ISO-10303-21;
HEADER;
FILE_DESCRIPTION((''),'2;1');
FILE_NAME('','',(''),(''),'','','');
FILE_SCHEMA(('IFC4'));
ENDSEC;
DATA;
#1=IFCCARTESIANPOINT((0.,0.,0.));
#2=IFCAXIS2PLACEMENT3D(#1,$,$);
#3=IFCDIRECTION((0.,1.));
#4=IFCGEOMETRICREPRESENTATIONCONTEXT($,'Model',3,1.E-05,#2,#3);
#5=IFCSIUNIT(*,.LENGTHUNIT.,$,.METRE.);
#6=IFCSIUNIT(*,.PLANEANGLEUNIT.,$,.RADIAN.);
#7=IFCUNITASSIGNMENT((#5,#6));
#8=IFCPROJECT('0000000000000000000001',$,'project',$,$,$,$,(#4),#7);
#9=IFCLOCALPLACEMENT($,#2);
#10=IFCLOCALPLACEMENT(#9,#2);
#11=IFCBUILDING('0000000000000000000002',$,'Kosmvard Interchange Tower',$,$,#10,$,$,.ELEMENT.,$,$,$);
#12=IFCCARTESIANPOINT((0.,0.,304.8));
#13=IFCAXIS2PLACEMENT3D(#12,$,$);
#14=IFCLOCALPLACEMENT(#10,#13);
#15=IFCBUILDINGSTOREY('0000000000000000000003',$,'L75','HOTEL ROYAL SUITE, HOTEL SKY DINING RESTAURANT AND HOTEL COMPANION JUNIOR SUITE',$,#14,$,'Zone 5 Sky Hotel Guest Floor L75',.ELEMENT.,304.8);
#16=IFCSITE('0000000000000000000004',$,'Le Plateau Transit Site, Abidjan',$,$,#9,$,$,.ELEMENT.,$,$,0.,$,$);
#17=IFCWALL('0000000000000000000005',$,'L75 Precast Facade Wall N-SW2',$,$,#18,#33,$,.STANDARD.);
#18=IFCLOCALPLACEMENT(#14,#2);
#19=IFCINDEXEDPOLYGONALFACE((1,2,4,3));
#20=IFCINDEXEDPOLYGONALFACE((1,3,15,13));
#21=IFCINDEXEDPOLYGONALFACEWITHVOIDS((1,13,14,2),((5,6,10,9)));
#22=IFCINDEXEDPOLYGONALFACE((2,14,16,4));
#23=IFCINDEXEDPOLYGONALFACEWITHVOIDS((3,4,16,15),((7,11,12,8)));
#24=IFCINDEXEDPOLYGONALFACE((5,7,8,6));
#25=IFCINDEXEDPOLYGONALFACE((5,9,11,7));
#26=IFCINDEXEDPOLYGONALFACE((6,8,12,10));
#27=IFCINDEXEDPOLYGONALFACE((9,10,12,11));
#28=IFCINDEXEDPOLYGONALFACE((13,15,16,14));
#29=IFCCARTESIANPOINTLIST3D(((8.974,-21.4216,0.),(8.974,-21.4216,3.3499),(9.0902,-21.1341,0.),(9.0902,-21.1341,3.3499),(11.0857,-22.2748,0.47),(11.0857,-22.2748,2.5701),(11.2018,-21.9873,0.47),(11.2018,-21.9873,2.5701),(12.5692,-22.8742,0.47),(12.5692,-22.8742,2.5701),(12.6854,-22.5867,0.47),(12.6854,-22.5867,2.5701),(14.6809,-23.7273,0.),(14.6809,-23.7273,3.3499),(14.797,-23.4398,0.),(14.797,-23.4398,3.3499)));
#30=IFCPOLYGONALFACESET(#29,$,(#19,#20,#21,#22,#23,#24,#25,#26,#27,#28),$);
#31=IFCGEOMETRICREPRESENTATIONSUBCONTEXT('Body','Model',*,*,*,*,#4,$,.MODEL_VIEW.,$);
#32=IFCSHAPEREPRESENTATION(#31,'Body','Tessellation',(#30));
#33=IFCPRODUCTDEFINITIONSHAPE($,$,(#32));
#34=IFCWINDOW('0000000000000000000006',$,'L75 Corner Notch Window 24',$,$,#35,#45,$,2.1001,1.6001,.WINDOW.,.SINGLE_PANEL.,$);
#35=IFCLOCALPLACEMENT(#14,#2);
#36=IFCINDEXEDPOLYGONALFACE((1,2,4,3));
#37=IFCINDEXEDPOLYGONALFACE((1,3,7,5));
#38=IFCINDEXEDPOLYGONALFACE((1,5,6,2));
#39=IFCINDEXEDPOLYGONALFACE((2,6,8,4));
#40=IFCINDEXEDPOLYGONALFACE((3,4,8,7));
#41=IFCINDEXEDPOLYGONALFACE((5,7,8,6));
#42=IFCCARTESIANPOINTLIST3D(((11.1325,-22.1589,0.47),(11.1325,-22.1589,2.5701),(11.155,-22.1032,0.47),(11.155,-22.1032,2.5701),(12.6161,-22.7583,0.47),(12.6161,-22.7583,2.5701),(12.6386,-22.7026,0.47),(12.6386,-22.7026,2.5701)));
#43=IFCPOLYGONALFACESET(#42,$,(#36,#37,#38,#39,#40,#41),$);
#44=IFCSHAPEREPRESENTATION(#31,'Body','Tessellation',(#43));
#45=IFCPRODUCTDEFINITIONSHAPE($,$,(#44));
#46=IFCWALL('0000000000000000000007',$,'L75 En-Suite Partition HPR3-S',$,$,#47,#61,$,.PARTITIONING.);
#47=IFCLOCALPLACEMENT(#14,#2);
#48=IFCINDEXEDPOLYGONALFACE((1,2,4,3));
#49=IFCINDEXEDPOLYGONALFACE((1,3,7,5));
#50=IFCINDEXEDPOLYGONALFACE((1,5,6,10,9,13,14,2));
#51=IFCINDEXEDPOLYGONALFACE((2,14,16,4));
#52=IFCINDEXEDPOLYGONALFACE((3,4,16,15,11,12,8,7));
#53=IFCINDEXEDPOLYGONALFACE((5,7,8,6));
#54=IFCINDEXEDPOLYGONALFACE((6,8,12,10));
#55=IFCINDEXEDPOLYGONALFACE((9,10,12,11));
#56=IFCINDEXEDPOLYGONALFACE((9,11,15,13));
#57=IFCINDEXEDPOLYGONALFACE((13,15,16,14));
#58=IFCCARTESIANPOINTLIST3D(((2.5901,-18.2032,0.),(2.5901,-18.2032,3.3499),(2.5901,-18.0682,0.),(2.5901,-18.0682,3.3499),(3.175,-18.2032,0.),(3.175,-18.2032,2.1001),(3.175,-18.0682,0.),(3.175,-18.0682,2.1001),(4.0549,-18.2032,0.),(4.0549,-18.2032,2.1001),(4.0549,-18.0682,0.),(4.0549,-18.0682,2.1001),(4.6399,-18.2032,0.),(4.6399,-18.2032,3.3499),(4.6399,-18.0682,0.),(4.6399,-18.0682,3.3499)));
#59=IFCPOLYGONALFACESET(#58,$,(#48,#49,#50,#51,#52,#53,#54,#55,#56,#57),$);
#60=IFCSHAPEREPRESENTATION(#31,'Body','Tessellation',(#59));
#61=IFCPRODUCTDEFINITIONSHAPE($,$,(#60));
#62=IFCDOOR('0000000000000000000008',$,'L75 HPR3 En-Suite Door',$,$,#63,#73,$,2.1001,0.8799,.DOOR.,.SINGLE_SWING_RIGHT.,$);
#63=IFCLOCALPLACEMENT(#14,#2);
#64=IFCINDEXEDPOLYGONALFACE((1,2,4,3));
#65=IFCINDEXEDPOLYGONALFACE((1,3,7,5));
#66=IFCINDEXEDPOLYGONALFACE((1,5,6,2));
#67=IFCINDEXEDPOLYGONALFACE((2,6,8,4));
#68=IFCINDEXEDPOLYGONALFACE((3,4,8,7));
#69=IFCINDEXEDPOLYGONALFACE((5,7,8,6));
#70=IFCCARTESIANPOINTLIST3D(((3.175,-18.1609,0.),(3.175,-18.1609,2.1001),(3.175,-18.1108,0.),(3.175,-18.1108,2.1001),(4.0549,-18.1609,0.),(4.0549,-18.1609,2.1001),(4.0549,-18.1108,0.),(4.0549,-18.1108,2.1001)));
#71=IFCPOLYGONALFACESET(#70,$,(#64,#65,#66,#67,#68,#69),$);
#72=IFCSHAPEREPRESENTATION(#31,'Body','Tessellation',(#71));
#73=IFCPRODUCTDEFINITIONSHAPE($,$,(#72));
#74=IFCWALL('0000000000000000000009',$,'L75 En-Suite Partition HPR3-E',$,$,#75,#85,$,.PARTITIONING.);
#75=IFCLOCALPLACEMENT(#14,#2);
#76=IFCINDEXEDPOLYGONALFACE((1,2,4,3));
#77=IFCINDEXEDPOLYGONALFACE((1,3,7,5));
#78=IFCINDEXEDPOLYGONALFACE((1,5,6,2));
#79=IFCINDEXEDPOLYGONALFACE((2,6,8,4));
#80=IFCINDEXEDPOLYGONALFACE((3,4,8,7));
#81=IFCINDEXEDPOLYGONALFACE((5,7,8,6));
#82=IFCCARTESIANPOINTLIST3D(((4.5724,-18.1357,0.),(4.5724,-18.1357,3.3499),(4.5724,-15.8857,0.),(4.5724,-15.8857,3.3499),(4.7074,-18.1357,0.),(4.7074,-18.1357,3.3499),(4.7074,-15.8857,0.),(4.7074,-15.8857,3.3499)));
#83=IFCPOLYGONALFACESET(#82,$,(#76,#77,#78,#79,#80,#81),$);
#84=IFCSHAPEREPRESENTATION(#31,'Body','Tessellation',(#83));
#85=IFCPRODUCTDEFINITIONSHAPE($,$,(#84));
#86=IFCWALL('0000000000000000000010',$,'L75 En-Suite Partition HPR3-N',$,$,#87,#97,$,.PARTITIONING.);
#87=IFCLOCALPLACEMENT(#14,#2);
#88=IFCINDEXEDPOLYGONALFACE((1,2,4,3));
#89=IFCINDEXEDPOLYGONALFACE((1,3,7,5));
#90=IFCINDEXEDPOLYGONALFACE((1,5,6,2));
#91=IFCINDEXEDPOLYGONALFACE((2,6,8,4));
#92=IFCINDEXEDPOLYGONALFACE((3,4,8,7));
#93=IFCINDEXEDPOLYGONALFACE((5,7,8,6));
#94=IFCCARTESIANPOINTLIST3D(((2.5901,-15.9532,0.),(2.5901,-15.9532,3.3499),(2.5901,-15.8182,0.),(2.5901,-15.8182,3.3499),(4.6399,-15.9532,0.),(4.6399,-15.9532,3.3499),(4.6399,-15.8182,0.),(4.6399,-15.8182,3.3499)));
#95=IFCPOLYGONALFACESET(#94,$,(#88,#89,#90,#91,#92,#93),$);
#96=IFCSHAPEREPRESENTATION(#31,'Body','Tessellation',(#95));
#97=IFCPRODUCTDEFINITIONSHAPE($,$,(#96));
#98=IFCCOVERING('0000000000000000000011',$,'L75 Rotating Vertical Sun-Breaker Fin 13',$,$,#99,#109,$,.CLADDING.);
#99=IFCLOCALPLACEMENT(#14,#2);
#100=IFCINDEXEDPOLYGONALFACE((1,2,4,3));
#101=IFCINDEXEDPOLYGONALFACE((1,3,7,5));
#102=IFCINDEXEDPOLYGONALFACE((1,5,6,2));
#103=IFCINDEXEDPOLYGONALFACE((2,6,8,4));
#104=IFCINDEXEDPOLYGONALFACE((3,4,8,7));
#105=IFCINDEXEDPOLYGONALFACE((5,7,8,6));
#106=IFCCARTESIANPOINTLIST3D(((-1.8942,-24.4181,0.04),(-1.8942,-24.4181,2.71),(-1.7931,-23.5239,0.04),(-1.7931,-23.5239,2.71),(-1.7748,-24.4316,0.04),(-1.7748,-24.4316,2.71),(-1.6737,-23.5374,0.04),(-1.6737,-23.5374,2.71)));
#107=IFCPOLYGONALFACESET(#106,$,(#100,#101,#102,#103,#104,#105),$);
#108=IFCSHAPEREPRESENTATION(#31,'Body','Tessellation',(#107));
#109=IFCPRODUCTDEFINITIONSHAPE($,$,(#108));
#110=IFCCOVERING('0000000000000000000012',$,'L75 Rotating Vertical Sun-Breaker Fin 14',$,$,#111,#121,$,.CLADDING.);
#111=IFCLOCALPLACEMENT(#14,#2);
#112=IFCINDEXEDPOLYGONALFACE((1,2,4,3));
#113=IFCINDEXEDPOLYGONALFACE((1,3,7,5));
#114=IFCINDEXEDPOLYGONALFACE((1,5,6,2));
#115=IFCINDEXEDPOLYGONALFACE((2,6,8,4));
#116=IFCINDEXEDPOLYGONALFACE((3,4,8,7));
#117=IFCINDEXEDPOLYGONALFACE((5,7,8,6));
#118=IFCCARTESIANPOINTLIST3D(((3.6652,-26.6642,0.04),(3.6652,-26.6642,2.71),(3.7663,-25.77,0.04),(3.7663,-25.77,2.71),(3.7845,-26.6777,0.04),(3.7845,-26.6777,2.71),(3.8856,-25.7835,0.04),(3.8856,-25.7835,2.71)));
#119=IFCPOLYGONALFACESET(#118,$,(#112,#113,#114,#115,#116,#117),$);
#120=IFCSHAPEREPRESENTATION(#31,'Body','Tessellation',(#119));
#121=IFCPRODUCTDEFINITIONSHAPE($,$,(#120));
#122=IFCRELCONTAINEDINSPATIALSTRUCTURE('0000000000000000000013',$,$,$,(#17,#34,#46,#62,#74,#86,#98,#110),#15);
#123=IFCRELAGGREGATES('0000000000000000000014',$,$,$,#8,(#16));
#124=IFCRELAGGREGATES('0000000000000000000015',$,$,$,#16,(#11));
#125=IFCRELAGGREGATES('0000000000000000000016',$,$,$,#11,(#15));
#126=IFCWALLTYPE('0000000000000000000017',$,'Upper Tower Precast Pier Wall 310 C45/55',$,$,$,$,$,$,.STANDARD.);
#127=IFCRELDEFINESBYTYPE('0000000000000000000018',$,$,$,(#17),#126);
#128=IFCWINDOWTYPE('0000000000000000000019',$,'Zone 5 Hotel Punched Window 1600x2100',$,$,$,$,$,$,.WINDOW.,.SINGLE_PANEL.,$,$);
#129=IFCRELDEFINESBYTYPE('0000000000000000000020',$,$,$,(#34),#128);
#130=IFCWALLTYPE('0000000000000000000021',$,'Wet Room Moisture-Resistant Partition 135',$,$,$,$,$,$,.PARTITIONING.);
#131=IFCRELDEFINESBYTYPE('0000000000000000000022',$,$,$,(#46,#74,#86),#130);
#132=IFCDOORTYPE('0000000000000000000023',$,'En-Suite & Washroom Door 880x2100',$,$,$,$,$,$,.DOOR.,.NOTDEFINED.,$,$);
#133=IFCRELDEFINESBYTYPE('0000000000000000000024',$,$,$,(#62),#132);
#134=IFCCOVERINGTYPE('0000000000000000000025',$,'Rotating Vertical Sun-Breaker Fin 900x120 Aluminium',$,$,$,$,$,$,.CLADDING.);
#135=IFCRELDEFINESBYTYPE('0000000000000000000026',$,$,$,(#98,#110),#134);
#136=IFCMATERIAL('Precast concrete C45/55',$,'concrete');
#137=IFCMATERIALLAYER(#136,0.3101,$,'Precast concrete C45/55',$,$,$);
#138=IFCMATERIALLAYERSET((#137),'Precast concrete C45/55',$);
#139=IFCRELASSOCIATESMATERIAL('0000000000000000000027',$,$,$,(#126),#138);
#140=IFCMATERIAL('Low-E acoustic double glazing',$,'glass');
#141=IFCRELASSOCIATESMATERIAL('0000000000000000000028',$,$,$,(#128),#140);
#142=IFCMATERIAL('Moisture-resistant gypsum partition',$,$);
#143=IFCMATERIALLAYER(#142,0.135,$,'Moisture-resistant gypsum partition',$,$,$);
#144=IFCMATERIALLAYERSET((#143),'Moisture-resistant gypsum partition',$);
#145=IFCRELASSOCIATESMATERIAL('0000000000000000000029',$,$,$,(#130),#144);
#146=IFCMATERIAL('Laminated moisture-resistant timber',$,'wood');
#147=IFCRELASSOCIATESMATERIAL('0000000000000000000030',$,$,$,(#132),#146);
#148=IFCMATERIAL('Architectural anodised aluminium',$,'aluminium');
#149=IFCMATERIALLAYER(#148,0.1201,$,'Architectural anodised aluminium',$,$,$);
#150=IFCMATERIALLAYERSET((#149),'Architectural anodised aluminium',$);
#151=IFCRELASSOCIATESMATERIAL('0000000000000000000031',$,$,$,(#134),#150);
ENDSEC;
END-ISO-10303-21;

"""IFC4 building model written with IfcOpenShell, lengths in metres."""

from ifc_helpers import new_model, si_unit, direction, frame, frame_2d, origin, origin_2d, place, context, subcontext, project, spatial, rectangle, extrude, source, transform, mapped, material, layer, layer_set, type_object, element, fill, save


model = new_model("IFC4")

# Units and contexts
model_context = context("Model", 3, precision=1e-05, world=origin(), true_north=direction((0.0, 1.0)))
body_context = subcontext(model_context, "Body", "Model", "MODEL_VIEW")
ifc_project = project(units=[si_unit("LENGTHUNIT", "METRE"), si_unit("PLANEANGLEUNIT", "RADIAN")], contexts=[model_context])

# Site, building, storey
site_placement = place(None, origin())
site = spatial("IfcSite", under=ifc_project, at=site_placement, Name="Le Plateau Transit Site, Abidjan", CompositionType="ELEMENT", RefElevation=0.0)
building_placement = place(site_placement, origin())
building = spatial("IfcBuilding", under=site, at=building_placement, Name="Kosmvard Interchange Tower", CompositionType="ELEMENT")
storey_placement = place(building_placement, frame((0.0, 0.0, 304.8)))
storey = spatial("IfcBuildingStorey", under=building, at=storey_placement, Name="L75", Description="HOTEL ROYAL SUITE, HOTEL SKY DINING RESTAURANT AND HOTEL COMPANION JUNIOR SUITE", LongName="Zone 5 Sky Hotel Guest Floor L75", CompositionType="ELEMENT", Elevation=304.8)

# Shared definitions
ifc_material_1 = material(Name="Precast concrete C45/55", Category="concrete")

# Shared definitions
ifc_layer_1 = layer(ifc_material_1, 0.3101, Name="Precast concrete C45/55")
ifc_layer_set_1 = layer_set([ifc_layer_1], Name="Precast concrete C45/55")
wall_type_1 = type_object("IfcWallType", Name="Upper Tower Precast Pier Wall 310 C45/55", PredefinedType="STANDARD", material=ifc_layer_set_1)

# Wall, opening, window
wall_1_placement = place(storey_placement, frame((9.032, -21.2778, 0.0), z_axis=(0.0, 0.0, 1.0), x_axis=(0.927185, -0.374603, 0.0)))
wall_1 = element("IfcWall", 1, at=wall_1_placement, inside=storey, type_object=wall_type_1, Name="L75 Precast Facade Wall N-SW2", PredefinedType="STANDARD", context=body_context, shape_type="SweptSolid", body=[
    extrude(rectangle(XDim=6.155, YDim=0.3101, at=frame_2d((3.0776, 0.0))), origin(), (0.0, 0.0, 1.0), 3.3499),
])
opening_1_placement = place(wall_1_placement, frame((2.2776, 0.0, 0.47)))
opening_1 = element("IfcOpeningElement", 2, at=opening_1_placement, cuts=wall_1, PredefinedType="OPENING", context=body_context, shape_type="SweptSolid", body=[
    extrude(rectangle(XDim=1.6001, YDim=2.1001, at=frame_2d((0.8, 1.05))), frame((0.0, 0.165, 0.0), z_axis=(0.0, -1.0, 0.0), x_axis=(1.0, 0.0, 0.0)), (0.0, 0.0, 1.0), 0.3301),
])
ifc_material_2 = material(Name="Low-E acoustic double glazing", Category="glass")
window_type = type_object("IfcWindowType", Name="Zone 5 Hotel Punched Window 1600x2100", PartitioningType="SINGLE_PANEL", PredefinedType="WINDOW", material=ifc_material_2)
shared_shape_1 = source(origin(), body_context, "Body", "SweptSolid", [
    extrude(rectangle(XDim=1.6001, YDim=2.1001, at=frame_2d((0.8, 1.05))), frame((0.0, 0.03, 0.0), z_axis=(0.0, -1.0, 0.0), x_axis=(1.0, 0.0, 0.0)), (0.0, 0.0, 1.0), 0.0601),
])
window_placement = place(opening_1_placement, origin())
window = element("IfcWindow", 3, at=window_placement, inside=storey, type_object=window_type, Name="L75 Corner Notch Window 24", OverallHeight=2.1001, OverallWidth=1.6001, PartitioningType="SINGLE_PANEL", PredefinedType="WINDOW", context=body_context, shape_type="MappedRepresentation", body=[
    mapped(shared_shape_1, transform((0.0, 0.0, 0.0), scale=1.0)),
])
fill(opening_1, window)

# Wall, opening, door
ifc_material_3 = material(Name="Moisture-resistant gypsum partition")
ifc_layer_2 = layer(ifc_material_3, 0.135, Name="Moisture-resistant gypsum partition")
ifc_layer_set_2 = layer_set([ifc_layer_2], Name="Moisture-resistant gypsum partition")
wall_type_2 = type_object("IfcWallType", Name="Wet Room Moisture-Resistant Partition 135", PredefinedType="PARTITIONING", material=ifc_layer_set_2)
wall_2_placement = place(storey_placement, frame((2.5901, -18.1357, 0.0), z_axis=(0.0, 0.0, 1.0), x_axis=(1.0, 0.0, 0.0)))
wall_2 = element("IfcWall", 4, at=wall_2_placement, inside=storey, type_object=wall_type_2, Name="L75 En-Suite Partition HPR3-S", PredefinedType="PARTITIONING", context=body_context, shape_type="SweptSolid", body=[
    extrude(rectangle(XDim=2.0498, YDim=0.135, at=frame_2d((1.0249, 0.0))), origin(), (0.0, 0.0, 1.0), 3.3499),
])
opening_2_placement = place(wall_2_placement, frame((0.585, 0.0, 0.0)))
opening_2 = element("IfcOpeningElement", 5, at=opening_2_placement, cuts=wall_2, PredefinedType="OPENING", context=body_context, shape_type="SweptSolid", body=[
    extrude(rectangle(XDim=0.8799, YDim=2.1001, at=frame_2d((0.4399, 1.05))), frame((0.0, 0.0776, 0.0), z_axis=(0.0, -1.0, 0.0), x_axis=(1.0, 0.0, 0.0)), (0.0, 0.0, 1.0), 0.155),
])
ifc_material_4 = material(Name="Laminated moisture-resistant timber", Category="wood")
door_type = type_object("IfcDoorType", Name="En-Suite & Washroom Door 880x2100", OperationType="NOTDEFINED", PredefinedType="DOOR", material=ifc_material_4)
shared_shape_2 = source(origin(), body_context, "Body", "SweptSolid", [
    extrude(rectangle(XDim=0.8799, YDim=2.1001, at=frame_2d((0.4399, 1.05))), frame((0.0, 0.0249, 0.0), z_axis=(0.0, -1.0, 0.0), x_axis=(1.0, 0.0, 0.0)), (0.0, 0.0, 1.0), 0.05),
])
door_placement = place(opening_2_placement, origin())
door = element("IfcDoor", 6, at=door_placement, inside=storey, type_object=door_type, Name="L75 HPR3 En-Suite Door", OperationType="SINGLE_SWING_RIGHT", OverallHeight=2.1001, OverallWidth=0.8799, PredefinedType="DOOR", context=body_context, shape_type="MappedRepresentation", body=[
    mapped(shared_shape_2, transform((0.0, 0.0, 0.0), scale=1.0)),
])
fill(opening_2, door)

# Walls
wall_3_placement = place(storey_placement, frame((4.6399, -18.1357, 0.0), z_axis=(0.0, 0.0, 1.0), x_axis=(0.0, 1.0, 0.0)))
element("IfcWall", 7, at=wall_3_placement, inside=storey, type_object=wall_type_2, Name="L75 En-Suite Partition HPR3-E", PredefinedType="PARTITIONING", context=body_context, shape_type="SweptSolid", body=[
    extrude(rectangle(XDim=2.25, YDim=0.135, at=frame_2d((1.125, 0.0))), origin(), (0.0, 0.0, 1.0), 3.3499),
])
wall_4_placement = place(storey_placement, frame((2.5901, -15.8857, 0.0), z_axis=(0.0, 0.0, 1.0), x_axis=(1.0, 0.0, 0.0)))
element("IfcWall", 8, at=wall_4_placement, inside=storey, type_object=wall_type_2, Name="L75 En-Suite Partition HPR3-N", PredefinedType="PARTITIONING", context=body_context, shape_type="SweptSolid", body=[
    extrude(rectangle(XDim=2.0498, YDim=0.135, at=frame_2d((1.0249, 0.0))), origin(), (0.0, 0.0, 1.0), 3.3499),
])

# Coverings
ifc_material_5 = material(Name="Architectural anodised aluminium", Category="aluminium")
ifc_layer_3 = layer(ifc_material_5, 0.1201, Name="Architectural anodised aluminium")
ifc_layer_set_3 = layer_set([ifc_layer_3], Name="Architectural anodised aluminium")
covering_type = type_object("IfcCoveringType", Name="Rotating Vertical Sun-Breaker Fin 900x120 Aluminium", PredefinedType="CLADDING", material=ifc_layer_set_3)
shared_shape_3 = source(origin(), body_context, "Body", "SweptSolid", [
    extrude(rectangle(XDim=0.8999, YDim=0.1201, at=origin_2d()), origin(), (0.0, 0.0, 1.0), 2.6699),
])
for number, where, z_axis, x_axis, name in (
    (9, (-1.7839, -23.9778, 0.04), (0.0, 0.0, 1.0), (-0.112336, -0.99367, 0.0), "L75 Rotating Vertical Sun-Breaker Fin 13"),
    (10, (3.7754, -26.2239, 0.04), (0.0, 0.0, 1.0), (-0.112336, -0.99367, 0.0), "L75 Rotating Vertical Sun-Breaker Fin 14"),
):
    element("IfcCovering", number, at=place(storey_placement, frame(where, z_axis=z_axis, x_axis=x_axis)), inside=storey, type_object=covering_type, Name=name, PredefinedType="CLADDING", context=body_context, shape_type="MappedRepresentation", body=[
        mapped(shared_shape_3, transform((0.0, 0.0, 0.0), scale=1.0)),
    ])

save(model, "model.ifc")
